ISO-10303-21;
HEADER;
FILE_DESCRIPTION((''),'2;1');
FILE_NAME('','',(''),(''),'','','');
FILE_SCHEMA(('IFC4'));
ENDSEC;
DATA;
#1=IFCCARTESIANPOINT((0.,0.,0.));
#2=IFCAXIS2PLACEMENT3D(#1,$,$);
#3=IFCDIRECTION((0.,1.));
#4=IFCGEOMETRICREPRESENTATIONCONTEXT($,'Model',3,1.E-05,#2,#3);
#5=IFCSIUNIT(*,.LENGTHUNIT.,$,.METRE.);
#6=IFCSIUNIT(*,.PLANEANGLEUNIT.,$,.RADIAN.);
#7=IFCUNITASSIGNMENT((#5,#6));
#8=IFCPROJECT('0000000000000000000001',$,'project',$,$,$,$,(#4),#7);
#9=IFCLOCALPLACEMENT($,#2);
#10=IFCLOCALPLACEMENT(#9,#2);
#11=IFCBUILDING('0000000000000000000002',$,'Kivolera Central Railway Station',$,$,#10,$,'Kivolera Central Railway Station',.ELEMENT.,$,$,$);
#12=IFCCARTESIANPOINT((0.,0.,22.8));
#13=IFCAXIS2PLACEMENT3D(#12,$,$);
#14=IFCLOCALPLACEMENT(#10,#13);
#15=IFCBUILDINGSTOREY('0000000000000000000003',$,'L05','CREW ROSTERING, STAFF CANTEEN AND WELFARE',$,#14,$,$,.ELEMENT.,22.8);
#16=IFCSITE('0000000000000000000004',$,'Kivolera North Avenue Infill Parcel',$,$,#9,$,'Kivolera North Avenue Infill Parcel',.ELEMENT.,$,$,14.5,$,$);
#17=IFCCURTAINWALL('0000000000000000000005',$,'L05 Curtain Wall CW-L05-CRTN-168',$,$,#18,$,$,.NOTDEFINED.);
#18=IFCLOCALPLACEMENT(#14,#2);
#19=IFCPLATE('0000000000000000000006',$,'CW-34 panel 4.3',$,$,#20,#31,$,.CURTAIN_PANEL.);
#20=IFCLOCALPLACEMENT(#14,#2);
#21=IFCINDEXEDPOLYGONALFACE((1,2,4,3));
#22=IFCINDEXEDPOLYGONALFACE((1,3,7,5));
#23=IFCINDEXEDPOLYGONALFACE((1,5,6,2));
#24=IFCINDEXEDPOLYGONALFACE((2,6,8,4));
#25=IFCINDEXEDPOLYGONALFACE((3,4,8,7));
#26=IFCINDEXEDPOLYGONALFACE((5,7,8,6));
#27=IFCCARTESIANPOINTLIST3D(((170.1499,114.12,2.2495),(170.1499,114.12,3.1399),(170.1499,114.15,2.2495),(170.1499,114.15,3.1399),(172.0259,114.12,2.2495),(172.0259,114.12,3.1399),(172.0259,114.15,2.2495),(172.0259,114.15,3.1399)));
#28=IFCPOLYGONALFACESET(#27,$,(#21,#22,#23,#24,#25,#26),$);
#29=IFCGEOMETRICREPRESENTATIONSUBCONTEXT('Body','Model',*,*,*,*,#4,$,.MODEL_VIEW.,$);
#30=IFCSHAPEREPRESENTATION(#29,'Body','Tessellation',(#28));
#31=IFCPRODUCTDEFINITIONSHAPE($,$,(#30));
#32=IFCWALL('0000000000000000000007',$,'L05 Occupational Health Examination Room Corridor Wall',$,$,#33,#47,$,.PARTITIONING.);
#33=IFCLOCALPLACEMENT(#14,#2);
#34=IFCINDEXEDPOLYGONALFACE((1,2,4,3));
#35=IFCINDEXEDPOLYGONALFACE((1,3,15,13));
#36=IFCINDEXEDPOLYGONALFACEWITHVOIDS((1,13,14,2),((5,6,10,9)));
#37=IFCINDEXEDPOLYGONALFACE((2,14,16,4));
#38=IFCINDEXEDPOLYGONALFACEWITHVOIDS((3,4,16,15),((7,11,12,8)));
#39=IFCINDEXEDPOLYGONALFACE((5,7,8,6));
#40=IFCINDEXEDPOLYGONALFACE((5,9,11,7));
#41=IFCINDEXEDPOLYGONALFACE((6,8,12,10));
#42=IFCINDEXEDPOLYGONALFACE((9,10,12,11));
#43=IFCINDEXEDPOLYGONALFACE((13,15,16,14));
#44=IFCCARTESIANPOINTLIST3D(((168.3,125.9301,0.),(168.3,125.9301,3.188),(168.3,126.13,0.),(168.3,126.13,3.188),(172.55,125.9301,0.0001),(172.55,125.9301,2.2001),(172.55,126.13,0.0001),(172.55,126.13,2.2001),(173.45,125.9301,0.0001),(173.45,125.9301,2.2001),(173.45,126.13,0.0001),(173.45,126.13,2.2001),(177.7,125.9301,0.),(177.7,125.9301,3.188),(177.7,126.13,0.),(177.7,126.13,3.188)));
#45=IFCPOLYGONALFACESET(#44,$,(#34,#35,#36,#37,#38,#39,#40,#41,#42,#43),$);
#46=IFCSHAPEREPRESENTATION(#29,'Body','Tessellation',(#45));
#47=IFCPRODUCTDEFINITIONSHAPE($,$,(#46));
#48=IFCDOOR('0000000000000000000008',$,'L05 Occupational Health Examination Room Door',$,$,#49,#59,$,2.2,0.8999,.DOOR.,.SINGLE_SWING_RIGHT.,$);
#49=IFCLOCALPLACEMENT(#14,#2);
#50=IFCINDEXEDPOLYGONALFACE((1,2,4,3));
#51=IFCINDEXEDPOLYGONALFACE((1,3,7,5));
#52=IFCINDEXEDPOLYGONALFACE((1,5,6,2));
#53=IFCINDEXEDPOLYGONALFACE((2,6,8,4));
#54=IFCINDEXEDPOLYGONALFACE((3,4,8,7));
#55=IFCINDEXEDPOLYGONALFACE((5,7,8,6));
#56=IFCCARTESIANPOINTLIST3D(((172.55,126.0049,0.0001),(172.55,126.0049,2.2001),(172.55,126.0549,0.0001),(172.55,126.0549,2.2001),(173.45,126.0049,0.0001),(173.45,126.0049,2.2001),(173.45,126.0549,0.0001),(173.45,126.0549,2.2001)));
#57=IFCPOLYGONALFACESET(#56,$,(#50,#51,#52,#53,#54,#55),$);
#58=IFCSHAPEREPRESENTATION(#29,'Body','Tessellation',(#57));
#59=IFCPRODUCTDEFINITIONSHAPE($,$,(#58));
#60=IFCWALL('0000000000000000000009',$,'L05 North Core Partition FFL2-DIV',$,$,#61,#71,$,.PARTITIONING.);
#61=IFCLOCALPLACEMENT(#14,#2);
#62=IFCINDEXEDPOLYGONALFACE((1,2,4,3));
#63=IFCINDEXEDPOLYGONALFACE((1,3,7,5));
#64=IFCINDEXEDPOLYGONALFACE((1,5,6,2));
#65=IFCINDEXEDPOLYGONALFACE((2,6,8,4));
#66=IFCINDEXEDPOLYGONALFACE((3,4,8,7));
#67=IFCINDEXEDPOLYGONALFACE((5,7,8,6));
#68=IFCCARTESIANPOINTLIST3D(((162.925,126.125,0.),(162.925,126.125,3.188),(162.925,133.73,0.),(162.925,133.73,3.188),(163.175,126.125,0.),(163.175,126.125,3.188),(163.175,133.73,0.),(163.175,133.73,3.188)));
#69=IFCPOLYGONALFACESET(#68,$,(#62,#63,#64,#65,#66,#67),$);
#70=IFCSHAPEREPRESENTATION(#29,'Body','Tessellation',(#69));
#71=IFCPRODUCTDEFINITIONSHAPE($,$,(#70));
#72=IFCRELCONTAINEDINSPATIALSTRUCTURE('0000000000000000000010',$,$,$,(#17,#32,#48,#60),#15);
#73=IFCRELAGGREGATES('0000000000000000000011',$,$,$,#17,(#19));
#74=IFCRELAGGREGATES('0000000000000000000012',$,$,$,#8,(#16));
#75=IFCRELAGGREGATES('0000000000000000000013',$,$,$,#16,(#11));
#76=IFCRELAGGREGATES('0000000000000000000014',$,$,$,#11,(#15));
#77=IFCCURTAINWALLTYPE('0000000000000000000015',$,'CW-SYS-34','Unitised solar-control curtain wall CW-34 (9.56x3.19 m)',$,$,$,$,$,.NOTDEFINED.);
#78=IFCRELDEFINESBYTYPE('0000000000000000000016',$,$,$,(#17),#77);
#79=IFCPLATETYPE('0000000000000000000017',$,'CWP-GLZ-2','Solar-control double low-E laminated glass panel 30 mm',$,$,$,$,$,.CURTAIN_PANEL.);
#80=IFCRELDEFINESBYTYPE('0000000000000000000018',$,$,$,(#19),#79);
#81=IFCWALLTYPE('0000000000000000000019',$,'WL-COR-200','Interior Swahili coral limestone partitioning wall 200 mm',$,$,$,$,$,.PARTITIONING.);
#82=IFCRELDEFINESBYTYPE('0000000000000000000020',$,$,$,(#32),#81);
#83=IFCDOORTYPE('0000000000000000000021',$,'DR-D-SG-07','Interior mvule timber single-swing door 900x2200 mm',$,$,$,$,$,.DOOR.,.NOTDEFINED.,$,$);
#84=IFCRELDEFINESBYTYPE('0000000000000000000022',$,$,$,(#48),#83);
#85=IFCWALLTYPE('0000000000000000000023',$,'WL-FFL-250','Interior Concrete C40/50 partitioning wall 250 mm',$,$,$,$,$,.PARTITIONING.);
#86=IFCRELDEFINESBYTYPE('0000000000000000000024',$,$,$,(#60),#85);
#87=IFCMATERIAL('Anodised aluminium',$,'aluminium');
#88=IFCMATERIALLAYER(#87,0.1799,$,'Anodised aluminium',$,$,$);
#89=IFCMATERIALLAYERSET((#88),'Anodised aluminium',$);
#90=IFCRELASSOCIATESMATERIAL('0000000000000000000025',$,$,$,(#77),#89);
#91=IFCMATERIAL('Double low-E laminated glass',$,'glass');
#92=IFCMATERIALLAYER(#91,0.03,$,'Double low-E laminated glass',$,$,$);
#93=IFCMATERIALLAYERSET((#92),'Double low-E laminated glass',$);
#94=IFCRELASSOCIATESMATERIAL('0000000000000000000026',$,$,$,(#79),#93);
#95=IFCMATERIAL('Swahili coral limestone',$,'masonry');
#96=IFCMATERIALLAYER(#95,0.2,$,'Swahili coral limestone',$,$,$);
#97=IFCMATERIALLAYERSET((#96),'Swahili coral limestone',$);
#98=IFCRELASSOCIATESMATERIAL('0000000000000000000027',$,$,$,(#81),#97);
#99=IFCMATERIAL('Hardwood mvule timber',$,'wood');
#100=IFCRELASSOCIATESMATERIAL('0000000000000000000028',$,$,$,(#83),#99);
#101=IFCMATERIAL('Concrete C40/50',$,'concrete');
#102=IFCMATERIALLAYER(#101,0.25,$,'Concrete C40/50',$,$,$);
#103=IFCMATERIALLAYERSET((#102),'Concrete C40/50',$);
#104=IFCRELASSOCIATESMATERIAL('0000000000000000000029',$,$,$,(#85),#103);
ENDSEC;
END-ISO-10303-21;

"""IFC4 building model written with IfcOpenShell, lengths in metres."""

from ifc_helpers import new_model, si_unit, direction, frame, frame_2d, origin, origin_2d, place, context, subcontext, project, spatial, rectangle, extrude, material, layer, layer_set, type_object, element, fill, aggregate, save


model = new_model("IFC4")

# Units and contexts
model_context = context("Model", 3, precision=1e-05, world=origin(), true_north=direction((0.0, 1.0)))
body_context = subcontext(model_context, "Body", "Model", "MODEL_VIEW")
ifc_project = project(units=[si_unit("LENGTHUNIT", "METRE"), si_unit("PLANEANGLEUNIT", "RADIAN")], contexts=[model_context])

# Site, building, storey
site_placement = place(None, origin())
site = spatial("IfcSite", under=ifc_project, at=site_placement, Name="Kivolera North Avenue Infill Parcel", LongName="Kivolera North Avenue Infill Parcel", CompositionType="ELEMENT", RefElevation=14.5)
building_placement = place(site_placement, origin())
building = spatial("IfcBuilding", under=site, at=building_placement, Name="Kivolera Central Railway Station", LongName="Kivolera Central Railway Station", CompositionType="ELEMENT")
storey_placement = place(building_placement, frame((0.0, 0.0, 22.8)))
storey = spatial("IfcBuildingStorey", under=building, at=storey_placement, Name="L05", Description="CREW ROSTERING, STAFF CANTEEN AND WELFARE", CompositionType="ELEMENT", Elevation=22.8)

# Shared definitions
ifc_material_1 = material(Name="Concrete C40/50", Category="concrete")

# Curtain wall, plate
ifc_material_2 = material(Name="Anodised aluminium", Category="aluminium")
ifc_layer_1 = layer(ifc_material_2, 0.1799, Name="Anodised aluminium")
ifc_layer_set_1 = layer_set([ifc_layer_1], Name="Anodised aluminium")
curtain_wall_type = type_object("IfcCurtainWallType", Name="CW-SYS-34", Description="Unitised solar-control curtain wall CW-34 (9.56x3.19 m)", PredefinedType="NOTDEFINED", material=ifc_layer_set_1)
curtain_wall_placement = place(storey_placement, origin())
curtain_wall = element("IfcCurtainWall", 1, at=curtain_wall_placement, inside=storey, type_object=curtain_wall_type, Name="L05 Curtain Wall CW-L05-CRTN-168", PredefinedType="NOTDEFINED")
ifc_material_3 = material(Name="Double low-E laminated glass", Category="glass")
ifc_layer_2 = layer(ifc_material_3, 0.03, Name="Double low-E laminated glass")
ifc_layer_set_2 = layer_set([ifc_layer_2], Name="Double low-E laminated glass")
plate_type = type_object("IfcPlateType", Name="CWP-GLZ-2", Description="Solar-control double low-E laminated glass panel 30 mm", PredefinedType="CURTAIN_PANEL", material=ifc_layer_set_2)
plate_1_placement = place(storey_placement, frame((171.0879, 114.135, 2.2495), z_axis=(0.0, 0.0, 1.0), x_axis=(-1.0, 0.0, 0.0)))
plate_1 = element("IfcPlate", 2, at=plate_1_placement, type_object=plate_type, Name="CW-34 panel 4.3", PredefinedType="CURTAIN_PANEL", context=body_context, shape_type="SweptSolid", body=[
    extrude(rectangle(XDim=1.876, YDim=0.03, at=origin_2d()), origin(), (0.0, 0.0, 1.0), 0.8904),
])
aggregate(curtain_wall, [plate_1])

# Wall, opening, door
ifc_material_4 = material(Name="Swahili coral limestone", Category="masonry")
ifc_layer_3 = layer(ifc_material_4, 0.2, Name="Swahili coral limestone")
ifc_layer_set_3 = layer_set([ifc_layer_3], Name="Swahili coral limestone")
wall_type_1 = type_object("IfcWallType", Name="WL-COR-200", Description="Interior Swahili coral limestone partitioning wall 200 mm", PredefinedType="PARTITIONING", material=ifc_layer_set_3)
wall_1_placement = place(storey_placement, frame((168.3, 126.03, 0.0), z_axis=(0.0, 0.0, 1.0), x_axis=(1.0, 0.0, 0.0)))
wall_1 = element("IfcWall", 3, at=wall_1_placement, inside=storey, type_object=wall_type_1, Name="L05 Occupational Health Examination Room Corridor Wall", PredefinedType="PARTITIONING", context=body_context, shape_type="SweptSolid", body=[
    extrude(rectangle(XDim=9.3999, YDim=0.2, at=frame_2d((4.7, 0.0))), origin(), (0.0, 0.0, 1.0), 3.188),
])
opening_placement = place(wall_1_placement, frame((4.25, 0.0, 0.0)))
opening = element("IfcOpeningElement", 4, at=opening_placement, cuts=wall_1, PredefinedType="OPENING", context=body_context, shape_type="SweptSolid", body=[
    extrude(rectangle(XDim=0.8999, YDim=2.2, at=frame_2d((0.45, 1.1001))), frame((0.0, 0.1099, 0.0), z_axis=(0.0, -1.0, 0.0), x_axis=(1.0, 0.0, 0.0)), (0.0, 0.0, 1.0), 0.22),
])
ifc_material_5 = material(Name="Hardwood mvule timber", Category="wood")
door_type = type_object("IfcDoorType", Name="DR-D-SG-07", Description="Interior mvule timber single-swing door 900x2200 mm", OperationType="NOTDEFINED", PredefinedType="DOOR", material=ifc_material_5)
door_placement = place(opening_placement, origin())
door = element("IfcDoor", 5, at=door_placement, inside=storey, type_object=door_type, Name="L05 Occupational Health Examination Room Door", OperationType="SINGLE_SWING_RIGHT", OverallHeight=2.2, OverallWidth=0.8999, PredefinedType="DOOR", context=body_context, shape_type="SweptSolid", body=[
    extrude(rectangle(XDim=0.8999, YDim=2.2, at=frame_2d((0.45, 1.1001))), frame((0.0, 0.0249, 0.0), z_axis=(0.0, -1.0, 0.0), x_axis=(1.0, 0.0, 0.0)), (0.0, 0.0, 1.0), 0.05),
])
fill(opening, door)

# Wall
ifc_layer_4 = layer(ifc_material_1, 0.25, Name="Concrete C40/50")
ifc_layer_set_4 = layer_set([ifc_layer_4], Name="Concrete C40/50")
wall_type_2 = type_object("IfcWallType", Name="WL-FFL-250", Description="Interior Concrete C40/50 partitioning wall 250 mm", PredefinedType="PARTITIONING", material=ifc_layer_set_4)
wall_2_placement = place(storey_placement, frame((163.05, 126.125, 0.0), z_axis=(0.0, 0.0, 1.0), x_axis=(0.0, 1.0, 0.0)))
element("IfcWall", 6, at=wall_2_placement, inside=storey, type_object=wall_type_2, Name="L05 North Core Partition FFL2-DIV", PredefinedType="PARTITIONING", context=body_context, shape_type="SweptSolid", body=[
    extrude(rectangle(XDim=7.605, YDim=0.25, at=frame_2d((3.8025, 0.0))), origin(), (0.0, 0.0, 1.0), 3.188),
])

save(model, "model.ifc")
